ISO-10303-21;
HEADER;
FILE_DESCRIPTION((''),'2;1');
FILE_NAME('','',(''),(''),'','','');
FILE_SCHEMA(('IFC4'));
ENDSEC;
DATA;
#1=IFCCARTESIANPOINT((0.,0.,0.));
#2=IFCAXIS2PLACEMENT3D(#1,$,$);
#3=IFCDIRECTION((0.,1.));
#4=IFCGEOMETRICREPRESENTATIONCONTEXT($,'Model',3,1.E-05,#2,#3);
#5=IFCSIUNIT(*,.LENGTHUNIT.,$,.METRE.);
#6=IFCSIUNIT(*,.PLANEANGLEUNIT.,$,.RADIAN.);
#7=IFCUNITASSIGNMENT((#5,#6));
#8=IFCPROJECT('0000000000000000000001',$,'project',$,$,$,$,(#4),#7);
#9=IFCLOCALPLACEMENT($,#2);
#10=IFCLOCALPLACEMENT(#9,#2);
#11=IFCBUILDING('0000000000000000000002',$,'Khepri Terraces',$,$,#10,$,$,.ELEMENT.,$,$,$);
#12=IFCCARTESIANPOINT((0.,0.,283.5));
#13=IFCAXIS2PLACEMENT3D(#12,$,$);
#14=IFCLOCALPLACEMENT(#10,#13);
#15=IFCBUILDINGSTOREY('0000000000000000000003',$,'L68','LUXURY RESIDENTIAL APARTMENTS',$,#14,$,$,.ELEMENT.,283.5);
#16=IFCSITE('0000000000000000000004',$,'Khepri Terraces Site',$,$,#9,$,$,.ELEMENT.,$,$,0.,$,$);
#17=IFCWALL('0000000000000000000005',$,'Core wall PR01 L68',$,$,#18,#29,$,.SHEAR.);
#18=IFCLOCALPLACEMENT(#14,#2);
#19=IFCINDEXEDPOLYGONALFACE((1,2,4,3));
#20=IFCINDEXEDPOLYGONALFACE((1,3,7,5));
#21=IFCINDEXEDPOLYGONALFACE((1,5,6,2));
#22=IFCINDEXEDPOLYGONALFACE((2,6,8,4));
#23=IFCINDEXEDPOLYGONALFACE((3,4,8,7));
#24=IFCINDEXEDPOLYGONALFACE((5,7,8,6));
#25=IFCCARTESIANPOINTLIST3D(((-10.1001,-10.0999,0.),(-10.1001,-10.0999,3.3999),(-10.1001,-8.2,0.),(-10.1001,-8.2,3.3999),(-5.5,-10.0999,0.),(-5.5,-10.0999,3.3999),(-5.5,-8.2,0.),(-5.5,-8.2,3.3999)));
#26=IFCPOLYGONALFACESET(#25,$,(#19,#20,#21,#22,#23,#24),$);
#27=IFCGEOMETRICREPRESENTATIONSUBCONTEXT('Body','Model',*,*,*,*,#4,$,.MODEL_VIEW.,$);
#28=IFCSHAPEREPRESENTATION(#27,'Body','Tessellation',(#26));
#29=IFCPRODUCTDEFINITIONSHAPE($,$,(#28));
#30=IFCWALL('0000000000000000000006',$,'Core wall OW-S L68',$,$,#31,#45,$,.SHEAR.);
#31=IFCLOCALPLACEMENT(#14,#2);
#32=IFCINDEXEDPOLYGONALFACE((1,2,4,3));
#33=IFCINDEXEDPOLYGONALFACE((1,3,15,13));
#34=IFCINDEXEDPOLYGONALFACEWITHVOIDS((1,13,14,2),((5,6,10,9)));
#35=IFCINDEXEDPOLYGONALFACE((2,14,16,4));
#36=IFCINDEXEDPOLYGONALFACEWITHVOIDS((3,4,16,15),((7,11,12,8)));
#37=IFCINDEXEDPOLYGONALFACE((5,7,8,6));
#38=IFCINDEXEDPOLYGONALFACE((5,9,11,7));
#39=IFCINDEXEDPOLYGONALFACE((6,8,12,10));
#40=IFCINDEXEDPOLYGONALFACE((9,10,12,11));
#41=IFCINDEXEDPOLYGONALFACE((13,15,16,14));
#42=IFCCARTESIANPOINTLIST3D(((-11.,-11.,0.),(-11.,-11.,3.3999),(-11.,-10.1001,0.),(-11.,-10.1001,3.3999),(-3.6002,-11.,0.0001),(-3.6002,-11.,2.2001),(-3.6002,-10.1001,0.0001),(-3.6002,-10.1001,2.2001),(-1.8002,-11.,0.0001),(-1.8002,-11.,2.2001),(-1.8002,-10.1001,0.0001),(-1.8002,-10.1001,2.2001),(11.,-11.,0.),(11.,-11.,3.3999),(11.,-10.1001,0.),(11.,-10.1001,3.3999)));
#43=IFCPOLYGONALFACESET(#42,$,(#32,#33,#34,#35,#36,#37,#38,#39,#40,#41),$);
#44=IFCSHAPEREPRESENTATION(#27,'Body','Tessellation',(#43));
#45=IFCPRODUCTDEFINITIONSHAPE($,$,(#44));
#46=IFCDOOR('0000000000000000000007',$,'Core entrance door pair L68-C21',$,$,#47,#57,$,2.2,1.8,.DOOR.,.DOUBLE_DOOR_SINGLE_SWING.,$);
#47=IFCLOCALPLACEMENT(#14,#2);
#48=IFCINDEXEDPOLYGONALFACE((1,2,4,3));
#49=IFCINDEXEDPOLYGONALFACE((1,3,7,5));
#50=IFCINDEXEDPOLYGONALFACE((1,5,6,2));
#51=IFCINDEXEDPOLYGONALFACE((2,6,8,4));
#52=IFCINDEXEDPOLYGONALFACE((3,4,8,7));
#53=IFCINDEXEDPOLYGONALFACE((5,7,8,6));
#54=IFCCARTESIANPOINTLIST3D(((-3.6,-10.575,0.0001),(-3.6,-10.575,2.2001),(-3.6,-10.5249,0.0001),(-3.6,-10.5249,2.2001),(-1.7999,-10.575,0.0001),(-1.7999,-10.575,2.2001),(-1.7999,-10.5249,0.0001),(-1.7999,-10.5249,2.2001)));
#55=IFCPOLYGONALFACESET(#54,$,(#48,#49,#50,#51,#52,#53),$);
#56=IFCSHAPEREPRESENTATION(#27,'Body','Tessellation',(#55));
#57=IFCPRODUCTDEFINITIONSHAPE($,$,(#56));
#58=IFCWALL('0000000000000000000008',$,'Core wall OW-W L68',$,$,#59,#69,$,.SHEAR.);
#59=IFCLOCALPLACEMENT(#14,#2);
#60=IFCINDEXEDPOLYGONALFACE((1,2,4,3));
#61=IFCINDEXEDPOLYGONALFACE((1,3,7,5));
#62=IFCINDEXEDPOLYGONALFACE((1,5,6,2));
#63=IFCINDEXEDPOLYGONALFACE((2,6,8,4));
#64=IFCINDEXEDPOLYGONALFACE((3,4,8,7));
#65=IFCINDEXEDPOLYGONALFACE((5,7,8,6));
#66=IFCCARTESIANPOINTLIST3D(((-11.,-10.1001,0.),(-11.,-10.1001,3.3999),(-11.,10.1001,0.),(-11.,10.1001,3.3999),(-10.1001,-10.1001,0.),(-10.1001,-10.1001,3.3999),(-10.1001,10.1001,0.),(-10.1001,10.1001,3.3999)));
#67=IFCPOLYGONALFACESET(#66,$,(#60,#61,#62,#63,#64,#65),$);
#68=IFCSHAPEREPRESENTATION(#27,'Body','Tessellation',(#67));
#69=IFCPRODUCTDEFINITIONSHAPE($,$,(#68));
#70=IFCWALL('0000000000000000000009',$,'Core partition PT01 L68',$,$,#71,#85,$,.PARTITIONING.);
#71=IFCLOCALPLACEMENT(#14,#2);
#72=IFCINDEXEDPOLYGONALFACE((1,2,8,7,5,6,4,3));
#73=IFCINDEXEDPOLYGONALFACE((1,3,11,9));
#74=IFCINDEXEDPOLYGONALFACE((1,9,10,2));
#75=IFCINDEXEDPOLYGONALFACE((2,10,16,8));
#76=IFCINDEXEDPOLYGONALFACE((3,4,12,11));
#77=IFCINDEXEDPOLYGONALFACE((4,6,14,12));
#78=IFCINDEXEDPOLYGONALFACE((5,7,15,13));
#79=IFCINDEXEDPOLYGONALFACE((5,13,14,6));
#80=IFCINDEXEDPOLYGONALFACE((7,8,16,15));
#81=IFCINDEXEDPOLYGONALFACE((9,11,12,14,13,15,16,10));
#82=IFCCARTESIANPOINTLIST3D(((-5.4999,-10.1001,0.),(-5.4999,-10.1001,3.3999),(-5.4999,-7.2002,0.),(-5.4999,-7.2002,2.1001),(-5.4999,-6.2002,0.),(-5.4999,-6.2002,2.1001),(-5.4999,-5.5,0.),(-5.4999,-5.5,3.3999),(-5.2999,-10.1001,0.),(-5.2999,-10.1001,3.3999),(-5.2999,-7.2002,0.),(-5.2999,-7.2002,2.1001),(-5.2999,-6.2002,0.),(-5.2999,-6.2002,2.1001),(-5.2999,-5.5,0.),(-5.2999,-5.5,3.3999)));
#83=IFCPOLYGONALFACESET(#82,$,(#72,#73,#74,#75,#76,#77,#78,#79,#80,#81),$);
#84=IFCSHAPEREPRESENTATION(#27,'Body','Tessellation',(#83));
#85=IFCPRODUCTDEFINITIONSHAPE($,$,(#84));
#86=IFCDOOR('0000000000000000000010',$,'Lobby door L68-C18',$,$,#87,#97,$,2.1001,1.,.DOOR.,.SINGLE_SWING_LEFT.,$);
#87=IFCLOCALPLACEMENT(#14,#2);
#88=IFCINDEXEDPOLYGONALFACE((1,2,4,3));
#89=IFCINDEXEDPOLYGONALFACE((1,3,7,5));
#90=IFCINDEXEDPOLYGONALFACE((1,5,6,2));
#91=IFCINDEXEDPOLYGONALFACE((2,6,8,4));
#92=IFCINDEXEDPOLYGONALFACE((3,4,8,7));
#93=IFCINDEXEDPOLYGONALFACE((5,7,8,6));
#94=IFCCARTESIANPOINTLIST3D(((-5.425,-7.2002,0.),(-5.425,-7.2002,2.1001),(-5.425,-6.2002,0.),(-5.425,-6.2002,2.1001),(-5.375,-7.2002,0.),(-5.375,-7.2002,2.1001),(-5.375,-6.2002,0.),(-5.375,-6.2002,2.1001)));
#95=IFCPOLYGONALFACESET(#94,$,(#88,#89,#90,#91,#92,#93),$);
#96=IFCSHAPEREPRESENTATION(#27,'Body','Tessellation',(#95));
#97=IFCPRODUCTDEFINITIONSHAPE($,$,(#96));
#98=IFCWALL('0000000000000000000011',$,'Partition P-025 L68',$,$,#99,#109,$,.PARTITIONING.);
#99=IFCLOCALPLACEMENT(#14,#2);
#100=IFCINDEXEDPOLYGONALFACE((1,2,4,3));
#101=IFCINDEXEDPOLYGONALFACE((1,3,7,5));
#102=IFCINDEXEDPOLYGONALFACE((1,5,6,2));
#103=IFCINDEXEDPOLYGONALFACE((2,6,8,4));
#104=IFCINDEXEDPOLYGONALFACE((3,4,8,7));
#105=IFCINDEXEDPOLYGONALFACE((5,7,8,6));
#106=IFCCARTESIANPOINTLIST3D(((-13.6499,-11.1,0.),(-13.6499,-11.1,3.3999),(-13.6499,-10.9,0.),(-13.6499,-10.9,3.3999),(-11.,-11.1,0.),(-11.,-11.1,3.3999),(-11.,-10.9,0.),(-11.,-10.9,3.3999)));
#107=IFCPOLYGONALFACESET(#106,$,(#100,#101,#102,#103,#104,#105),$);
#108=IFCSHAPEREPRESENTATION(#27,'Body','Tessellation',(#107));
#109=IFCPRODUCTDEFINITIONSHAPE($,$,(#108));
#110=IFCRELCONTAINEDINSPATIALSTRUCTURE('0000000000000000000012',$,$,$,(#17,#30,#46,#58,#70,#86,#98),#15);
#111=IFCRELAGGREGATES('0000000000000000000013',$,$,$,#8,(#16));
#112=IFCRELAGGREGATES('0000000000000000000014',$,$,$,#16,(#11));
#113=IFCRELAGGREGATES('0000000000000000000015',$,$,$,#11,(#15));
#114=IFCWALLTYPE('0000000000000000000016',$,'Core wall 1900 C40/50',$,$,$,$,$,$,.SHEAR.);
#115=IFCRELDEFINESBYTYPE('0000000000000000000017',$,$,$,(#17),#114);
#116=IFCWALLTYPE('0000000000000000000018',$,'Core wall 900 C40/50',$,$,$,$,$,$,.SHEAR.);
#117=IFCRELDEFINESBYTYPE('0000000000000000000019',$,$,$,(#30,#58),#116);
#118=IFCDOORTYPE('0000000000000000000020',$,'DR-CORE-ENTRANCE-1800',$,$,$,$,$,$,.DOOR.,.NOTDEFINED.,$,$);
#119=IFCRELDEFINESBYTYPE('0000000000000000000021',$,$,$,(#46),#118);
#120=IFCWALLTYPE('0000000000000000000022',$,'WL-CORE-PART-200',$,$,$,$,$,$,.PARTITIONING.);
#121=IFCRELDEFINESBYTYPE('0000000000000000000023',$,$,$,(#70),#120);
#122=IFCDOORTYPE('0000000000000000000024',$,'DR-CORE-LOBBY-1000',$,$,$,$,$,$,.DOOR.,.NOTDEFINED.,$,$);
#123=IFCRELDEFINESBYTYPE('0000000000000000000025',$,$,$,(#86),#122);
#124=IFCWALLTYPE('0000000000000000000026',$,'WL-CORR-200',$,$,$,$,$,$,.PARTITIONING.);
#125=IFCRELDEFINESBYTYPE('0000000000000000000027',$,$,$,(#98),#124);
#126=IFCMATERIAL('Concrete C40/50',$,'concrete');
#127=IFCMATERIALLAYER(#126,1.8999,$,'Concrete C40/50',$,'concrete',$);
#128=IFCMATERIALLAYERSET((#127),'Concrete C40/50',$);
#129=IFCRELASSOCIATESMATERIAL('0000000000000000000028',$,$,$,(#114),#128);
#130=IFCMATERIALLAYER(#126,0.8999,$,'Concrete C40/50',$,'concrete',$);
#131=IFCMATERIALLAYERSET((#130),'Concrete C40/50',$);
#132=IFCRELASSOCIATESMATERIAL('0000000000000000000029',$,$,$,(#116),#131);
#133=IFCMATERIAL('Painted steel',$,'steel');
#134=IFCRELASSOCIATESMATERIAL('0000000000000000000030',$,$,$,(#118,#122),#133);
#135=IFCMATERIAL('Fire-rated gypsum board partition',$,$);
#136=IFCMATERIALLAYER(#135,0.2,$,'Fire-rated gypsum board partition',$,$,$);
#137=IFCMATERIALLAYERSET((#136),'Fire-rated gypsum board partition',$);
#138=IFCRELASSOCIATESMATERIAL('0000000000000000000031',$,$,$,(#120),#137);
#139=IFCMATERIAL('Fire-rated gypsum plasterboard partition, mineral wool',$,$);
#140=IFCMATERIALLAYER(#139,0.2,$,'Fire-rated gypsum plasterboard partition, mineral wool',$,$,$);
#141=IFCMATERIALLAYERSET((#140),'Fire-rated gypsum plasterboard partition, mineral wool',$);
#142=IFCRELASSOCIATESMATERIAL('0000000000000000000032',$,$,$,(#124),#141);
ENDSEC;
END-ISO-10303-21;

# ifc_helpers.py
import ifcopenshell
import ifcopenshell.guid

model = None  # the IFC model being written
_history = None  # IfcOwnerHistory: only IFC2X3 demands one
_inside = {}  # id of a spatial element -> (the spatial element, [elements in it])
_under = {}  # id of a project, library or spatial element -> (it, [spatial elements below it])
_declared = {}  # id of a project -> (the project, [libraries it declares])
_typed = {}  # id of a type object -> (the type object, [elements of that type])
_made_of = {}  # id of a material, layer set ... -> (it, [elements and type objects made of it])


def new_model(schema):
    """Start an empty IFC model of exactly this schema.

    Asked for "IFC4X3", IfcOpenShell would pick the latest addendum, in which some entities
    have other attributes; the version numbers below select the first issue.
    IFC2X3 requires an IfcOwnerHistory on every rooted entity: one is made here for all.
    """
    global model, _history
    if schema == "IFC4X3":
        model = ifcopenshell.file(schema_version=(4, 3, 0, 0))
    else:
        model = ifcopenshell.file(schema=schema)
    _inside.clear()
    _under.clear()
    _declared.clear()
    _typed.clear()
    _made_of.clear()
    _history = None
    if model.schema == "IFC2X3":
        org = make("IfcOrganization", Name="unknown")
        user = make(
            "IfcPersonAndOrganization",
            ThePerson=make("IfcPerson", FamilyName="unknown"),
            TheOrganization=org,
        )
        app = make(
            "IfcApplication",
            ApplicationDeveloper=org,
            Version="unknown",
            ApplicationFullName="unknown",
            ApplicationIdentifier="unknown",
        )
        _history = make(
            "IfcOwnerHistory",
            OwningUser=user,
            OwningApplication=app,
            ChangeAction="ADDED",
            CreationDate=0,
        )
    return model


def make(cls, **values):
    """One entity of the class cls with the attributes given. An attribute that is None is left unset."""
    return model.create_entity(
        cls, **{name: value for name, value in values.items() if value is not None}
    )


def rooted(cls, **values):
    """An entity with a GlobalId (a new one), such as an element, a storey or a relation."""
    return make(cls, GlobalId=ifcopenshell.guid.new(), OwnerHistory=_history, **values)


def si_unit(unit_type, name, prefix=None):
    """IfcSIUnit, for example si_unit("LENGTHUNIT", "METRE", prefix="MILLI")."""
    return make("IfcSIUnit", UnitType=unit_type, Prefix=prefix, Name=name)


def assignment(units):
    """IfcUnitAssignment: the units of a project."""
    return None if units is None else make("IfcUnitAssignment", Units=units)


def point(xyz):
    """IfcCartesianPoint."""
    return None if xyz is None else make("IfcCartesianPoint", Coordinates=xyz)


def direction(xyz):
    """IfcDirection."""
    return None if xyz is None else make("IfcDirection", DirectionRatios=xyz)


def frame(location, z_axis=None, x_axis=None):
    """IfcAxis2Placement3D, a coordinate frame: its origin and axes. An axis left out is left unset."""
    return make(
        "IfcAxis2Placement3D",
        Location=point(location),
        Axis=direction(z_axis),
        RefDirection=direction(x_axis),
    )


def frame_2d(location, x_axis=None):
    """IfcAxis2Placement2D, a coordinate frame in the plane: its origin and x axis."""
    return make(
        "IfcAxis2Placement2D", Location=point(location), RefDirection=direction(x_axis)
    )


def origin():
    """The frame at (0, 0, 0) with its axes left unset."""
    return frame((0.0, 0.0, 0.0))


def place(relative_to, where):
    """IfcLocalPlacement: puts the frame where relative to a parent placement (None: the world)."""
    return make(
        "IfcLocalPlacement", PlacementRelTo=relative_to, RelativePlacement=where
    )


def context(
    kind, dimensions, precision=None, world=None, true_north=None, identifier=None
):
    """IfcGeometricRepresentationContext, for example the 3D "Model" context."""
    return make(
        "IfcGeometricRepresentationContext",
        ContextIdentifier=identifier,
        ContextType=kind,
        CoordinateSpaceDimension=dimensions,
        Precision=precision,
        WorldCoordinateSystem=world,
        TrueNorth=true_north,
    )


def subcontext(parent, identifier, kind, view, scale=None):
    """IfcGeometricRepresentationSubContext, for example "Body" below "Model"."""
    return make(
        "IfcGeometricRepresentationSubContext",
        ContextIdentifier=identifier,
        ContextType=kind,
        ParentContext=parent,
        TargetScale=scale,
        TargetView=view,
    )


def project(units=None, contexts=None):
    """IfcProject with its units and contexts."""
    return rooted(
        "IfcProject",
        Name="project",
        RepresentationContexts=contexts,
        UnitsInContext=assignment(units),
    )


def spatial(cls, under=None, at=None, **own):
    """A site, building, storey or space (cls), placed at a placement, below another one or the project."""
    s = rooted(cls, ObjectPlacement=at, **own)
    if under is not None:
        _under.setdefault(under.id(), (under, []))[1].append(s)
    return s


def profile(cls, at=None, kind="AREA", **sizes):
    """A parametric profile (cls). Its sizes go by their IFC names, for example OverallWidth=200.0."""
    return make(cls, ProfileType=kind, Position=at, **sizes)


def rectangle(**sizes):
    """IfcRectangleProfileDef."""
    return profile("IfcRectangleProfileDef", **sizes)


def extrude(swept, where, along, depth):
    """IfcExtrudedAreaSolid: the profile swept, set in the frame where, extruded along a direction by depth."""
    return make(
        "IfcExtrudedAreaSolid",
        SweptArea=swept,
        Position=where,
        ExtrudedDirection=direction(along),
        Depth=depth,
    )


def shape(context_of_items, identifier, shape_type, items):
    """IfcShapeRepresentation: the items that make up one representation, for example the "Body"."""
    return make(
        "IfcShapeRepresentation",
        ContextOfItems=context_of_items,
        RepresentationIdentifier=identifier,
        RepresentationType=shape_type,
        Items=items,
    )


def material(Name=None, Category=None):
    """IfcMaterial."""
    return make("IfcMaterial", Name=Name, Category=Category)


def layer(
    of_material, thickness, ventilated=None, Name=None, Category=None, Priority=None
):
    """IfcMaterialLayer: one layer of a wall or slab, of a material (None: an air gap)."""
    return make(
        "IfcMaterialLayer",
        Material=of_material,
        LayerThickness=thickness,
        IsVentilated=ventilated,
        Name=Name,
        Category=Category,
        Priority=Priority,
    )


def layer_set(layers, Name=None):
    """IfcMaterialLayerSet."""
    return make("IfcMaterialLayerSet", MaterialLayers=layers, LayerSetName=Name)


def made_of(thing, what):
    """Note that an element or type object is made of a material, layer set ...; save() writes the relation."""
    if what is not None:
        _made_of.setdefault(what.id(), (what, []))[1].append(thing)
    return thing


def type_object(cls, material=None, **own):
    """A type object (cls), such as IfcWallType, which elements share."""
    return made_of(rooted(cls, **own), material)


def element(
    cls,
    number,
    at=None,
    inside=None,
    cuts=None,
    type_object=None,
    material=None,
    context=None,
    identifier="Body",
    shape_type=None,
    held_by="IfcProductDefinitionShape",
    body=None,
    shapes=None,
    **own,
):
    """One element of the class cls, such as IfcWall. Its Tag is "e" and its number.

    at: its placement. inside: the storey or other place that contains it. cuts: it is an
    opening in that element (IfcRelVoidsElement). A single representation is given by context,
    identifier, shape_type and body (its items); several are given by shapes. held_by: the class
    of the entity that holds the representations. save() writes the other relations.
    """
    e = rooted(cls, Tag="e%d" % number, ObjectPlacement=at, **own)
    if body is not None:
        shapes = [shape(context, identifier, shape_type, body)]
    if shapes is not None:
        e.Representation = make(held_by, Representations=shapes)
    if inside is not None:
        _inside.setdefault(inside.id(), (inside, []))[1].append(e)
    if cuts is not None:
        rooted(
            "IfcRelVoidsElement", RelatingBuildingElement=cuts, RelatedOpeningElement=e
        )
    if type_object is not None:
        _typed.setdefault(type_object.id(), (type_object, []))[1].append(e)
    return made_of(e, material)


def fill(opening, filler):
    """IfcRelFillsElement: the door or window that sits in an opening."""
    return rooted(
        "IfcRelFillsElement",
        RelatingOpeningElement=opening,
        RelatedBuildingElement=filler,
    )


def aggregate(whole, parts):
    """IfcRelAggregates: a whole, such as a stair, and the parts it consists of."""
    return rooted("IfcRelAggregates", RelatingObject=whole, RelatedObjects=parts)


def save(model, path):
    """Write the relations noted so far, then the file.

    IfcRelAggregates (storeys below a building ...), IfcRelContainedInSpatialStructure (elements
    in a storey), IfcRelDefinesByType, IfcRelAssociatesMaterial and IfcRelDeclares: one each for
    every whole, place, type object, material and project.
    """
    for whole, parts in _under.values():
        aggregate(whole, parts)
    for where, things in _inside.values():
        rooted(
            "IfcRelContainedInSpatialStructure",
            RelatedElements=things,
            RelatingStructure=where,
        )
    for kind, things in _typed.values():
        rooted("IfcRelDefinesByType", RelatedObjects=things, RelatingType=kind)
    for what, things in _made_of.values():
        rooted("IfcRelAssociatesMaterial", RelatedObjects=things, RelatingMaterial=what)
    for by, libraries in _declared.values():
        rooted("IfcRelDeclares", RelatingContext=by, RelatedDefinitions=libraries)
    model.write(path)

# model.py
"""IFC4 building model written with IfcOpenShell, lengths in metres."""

from ifc_helpers import new_model, si_unit, direction, frame, frame_2d, origin, place, context, subcontext, project, spatial, rectangle, extrude, material, layer, layer_set, type_object, element, fill, save


model = new_model("IFC4")

# Units and contexts
model_context = context("Model", 3, precision=1e-05, world=origin(), true_north=direction((0.0, 1.0)))
body_context = subcontext(model_context, "Body", "Model", "MODEL_VIEW")
ifc_project = project(units=[si_unit("LENGTHUNIT", "METRE"), si_unit("PLANEANGLEUNIT", "RADIAN")], contexts=[model_context])

# Site, building, storey
site_placement = place(None, origin())
site = spatial("IfcSite", under=ifc_project, at=site_placement, Name="Khepri Terraces Site", CompositionType="ELEMENT", RefElevation=0.0)
building_placement = place(site_placement, origin())
building = spatial("IfcBuilding", under=site, at=building_placement, Name="Khepri Terraces", CompositionType="ELEMENT")
storey_placement = place(building_placement, frame((0.0, 0.0, 283.5)))
storey = spatial("IfcBuildingStorey", under=building, at=storey_placement, Name="L68", Description="LUXURY RESIDENTIAL APARTMENTS", CompositionType="ELEMENT", Elevation=283.5)

# Wall
ifc_material_1 = material(Name="Concrete C40/50", Category="concrete")
ifc_layer_1 = layer(ifc_material_1, 1.8999, Name="Concrete C40/50", Category="concrete")
ifc_layer_set_1 = layer_set([ifc_layer_1], Name="Concrete C40/50")
wall_type_1 = type_object("IfcWallType", Name="Core wall 1900 C40/50", PredefinedType="SHEAR", material=ifc_layer_set_1)
wall_1_placement = place(storey_placement, frame((-10.1001, -9.1499, 0.0), z_axis=(0.0, 0.0, 1.0), x_axis=(1.0, 0.0, 0.0)))
element("IfcWall", 1, at=wall_1_placement, inside=storey, type_object=wall_type_1, Name="Core wall PR01 L68", PredefinedType="SHEAR", context=body_context, shape_type="SweptSolid", body=[
    extrude(rectangle(XDim=4.6001, YDim=1.8999, at=frame_2d((2.3, 0.0))), origin(), (0.0, 0.0, 1.0), 3.3999),
])

# Wall, opening, door
ifc_layer_2 = layer(ifc_material_1, 0.8999, Name="Concrete C40/50", Category="concrete")
ifc_layer_set_2 = layer_set([ifc_layer_2], Name="Concrete C40/50")
wall_type_2 = type_object("IfcWallType", Name="Core wall 900 C40/50", PredefinedType="SHEAR", material=ifc_layer_set_2)
wall_2_placement = place(storey_placement, frame((-11.0, -10.55, 0.0), z_axis=(0.0, 0.0, 1.0), x_axis=(1.0, 0.0, 0.0)))
wall_2 = element("IfcWall", 2, at=wall_2_placement, inside=storey, type_object=wall_type_2, Name="Core wall OW-S L68", PredefinedType="SHEAR", context=body_context, shape_type="SweptSolid", body=[
    extrude(rectangle(XDim=22.0, YDim=0.8999, at=frame_2d((11.0, 0.0))), origin(), (0.0, 0.0, 1.0), 3.3999),
])
opening_1_placement = place(wall_2_placement, frame((7.3999, 0.0, 0.0)))
opening_1 = element("IfcOpeningElement", 3, at=opening_1_placement, cuts=wall_2, PredefinedType="OPENING", context=body_context, shape_type="SweptSolid", body=[
    extrude(rectangle(XDim=1.8, YDim=2.2, at=frame_2d((0.8999, 1.1001))), frame((0.0, 0.46, 0.0), z_axis=(0.0, -1.0, 0.0), x_axis=(1.0, 0.0, 0.0)), (0.0, 0.0, 1.0), 0.9199),
])
ifc_material_2 = material(Name="Painted steel", Category="steel")
door_type_1 = type_object("IfcDoorType", Name="DR-CORE-ENTRANCE-1800", OperationType="NOTDEFINED", PredefinedType="DOOR", material=ifc_material_2)
door_1_placement = place(opening_1_placement, frame((1.8, 0.0, 0.0), z_axis=(0.0, 0.0, 1.0), x_axis=(-1.0, 0.0, 0.0)))
door_1 = element("IfcDoor", 4, at=door_1_placement, inside=storey, type_object=door_type_1, Name="Core entrance door pair L68-C21", OperationType="DOUBLE_DOOR_SINGLE_SWING", OverallHeight=2.2, OverallWidth=1.8, PredefinedType="DOOR", context=body_context, shape_type="SweptSolid", body=[
    extrude(rectangle(XDim=1.8, YDim=2.2, at=frame_2d((0.8999, 1.1001))), frame((0.0, 0.0249, 0.0), z_axis=(0.0, -1.0, 0.0), x_axis=(1.0, 0.0, 0.0)), (0.0, 0.0, 1.0), 0.05),
])
fill(opening_1, door_1)

# Wall
wall_3_placement = place(storey_placement, frame((-10.55, -10.1001, 0.0), z_axis=(0.0, 0.0, 1.0), x_axis=(0.0, 1.0, 0.0)))
element("IfcWall", 5, at=wall_3_placement, inside=storey, type_object=wall_type_2, Name="Core wall OW-W L68", PredefinedType="SHEAR", context=body_context, shape_type="SweptSolid", body=[
    extrude(rectangle(XDim=20.2002, YDim=0.8999, at=frame_2d((10.1001, 0.0))), origin(), (0.0, 0.0, 1.0), 3.3999),
])

# Wall, opening, door
ifc_material_3 = material(Name="Fire-rated gypsum board partition")
ifc_layer_3 = layer(ifc_material_3, 0.2, Name="Fire-rated gypsum board partition")
ifc_layer_set_3 = layer_set([ifc_layer_3], Name="Fire-rated gypsum board partition")
wall_type_3 = type_object("IfcWallType", Name="WL-CORE-PART-200", PredefinedType="PARTITIONING", material=ifc_layer_set_3)
wall_4_placement = place(storey_placement, frame((-5.3999, -10.1001, 0.0), z_axis=(0.0, 0.0, 1.0), x_axis=(0.0, 1.0, 0.0)))
wall_4 = element("IfcWall", 6, at=wall_4_placement, inside=storey, type_object=wall_type_3, Name="Core partition PT01 L68", PredefinedType="PARTITIONING", context=body_context, shape_type="SweptSolid", body=[
    extrude(rectangle(XDim=4.6001, YDim=0.2, at=frame_2d((2.3, 0.0))), origin(), (0.0, 0.0, 1.0), 3.3999),
])
opening_2_placement = place(wall_4_placement, frame((2.8999, 0.0, 0.0)))
opening_2 = element("IfcOpeningElement", 7, at=opening_2_placement, cuts=wall_4, PredefinedType="OPENING", context=body_context, shape_type="SweptSolid", body=[
    extrude(rectangle(XDim=1.0, YDim=2.1001, at=frame_2d((0.5, 1.05))), frame((0.0, 0.1099, 0.0), z_axis=(0.0, -1.0, 0.0), x_axis=(1.0, 0.0, 0.0)), (0.0, 0.0, 1.0), 0.22),
])
door_type_2 = type_object("IfcDoorType", Name="DR-CORE-LOBBY-1000", OperationType="NOTDEFINED", PredefinedType="DOOR", material=ifc_material_2)
door_2_placement = place(opening_2_placement, frame((1.0, 0.0, 0.0), z_axis=(0.0, 0.0, 1.0), x_axis=(-1.0, 0.0, 0.0)))
door_2 = element("IfcDoor", 8, at=door_2_placement, inside=storey, type_object=door_type_2, Name="Lobby door L68-C18", OperationType="SINGLE_SWING_LEFT", OverallHeight=2.1001, OverallWidth=1.0, PredefinedType="DOOR", context=body_context, shape_type="SweptSolid", body=[
    extrude(rectangle(XDim=1.0, YDim=2.1001, at=frame_2d((0.5, 1.05))), frame((0.0, 0.0249, 0.0), z_axis=(0.0, -1.0, 0.0), x_axis=(1.0, 0.0, 0.0)), (0.0, 0.0, 1.0), 0.05),
])
fill(opening_2, door_2)

# Wall
ifc_material_4 = material(Name="Fire-rated gypsum plasterboard partition, mineral wool")
ifc_layer_4 = layer(ifc_material_4, 0.2, Name="Fire-rated gypsum plasterboard partition, mineral wool")
ifc_layer_set_4 = layer_set([ifc_layer_4], Name="Fire-rated gypsum plasterboard partition, mineral wool")
wall_type_4 = type_object("IfcWallType", Name="WL-CORR-200", PredefinedType="PARTITIONING", material=ifc_layer_set_4)
wall_5_placement = place(storey_placement, frame((-13.6499, -11.0, 0.0), z_axis=(0.0, 0.0, 1.0), x_axis=(1.0, 0.0, 0.0)))
element("IfcWall", 9, at=wall_5_placement, inside=storey, type_object=wall_type_4, Name="Partition P-025 L68", PredefinedType="PARTITIONING", context=body_context, shape_type="SweptSolid", body=[
    extrude(rectangle(XDim=2.6499, YDim=0.2, at=frame_2d((1.325, 0.0))), origin(), (0.0, 0.0, 1.0), 3.3999),
])

save(model, "model.ifc")
